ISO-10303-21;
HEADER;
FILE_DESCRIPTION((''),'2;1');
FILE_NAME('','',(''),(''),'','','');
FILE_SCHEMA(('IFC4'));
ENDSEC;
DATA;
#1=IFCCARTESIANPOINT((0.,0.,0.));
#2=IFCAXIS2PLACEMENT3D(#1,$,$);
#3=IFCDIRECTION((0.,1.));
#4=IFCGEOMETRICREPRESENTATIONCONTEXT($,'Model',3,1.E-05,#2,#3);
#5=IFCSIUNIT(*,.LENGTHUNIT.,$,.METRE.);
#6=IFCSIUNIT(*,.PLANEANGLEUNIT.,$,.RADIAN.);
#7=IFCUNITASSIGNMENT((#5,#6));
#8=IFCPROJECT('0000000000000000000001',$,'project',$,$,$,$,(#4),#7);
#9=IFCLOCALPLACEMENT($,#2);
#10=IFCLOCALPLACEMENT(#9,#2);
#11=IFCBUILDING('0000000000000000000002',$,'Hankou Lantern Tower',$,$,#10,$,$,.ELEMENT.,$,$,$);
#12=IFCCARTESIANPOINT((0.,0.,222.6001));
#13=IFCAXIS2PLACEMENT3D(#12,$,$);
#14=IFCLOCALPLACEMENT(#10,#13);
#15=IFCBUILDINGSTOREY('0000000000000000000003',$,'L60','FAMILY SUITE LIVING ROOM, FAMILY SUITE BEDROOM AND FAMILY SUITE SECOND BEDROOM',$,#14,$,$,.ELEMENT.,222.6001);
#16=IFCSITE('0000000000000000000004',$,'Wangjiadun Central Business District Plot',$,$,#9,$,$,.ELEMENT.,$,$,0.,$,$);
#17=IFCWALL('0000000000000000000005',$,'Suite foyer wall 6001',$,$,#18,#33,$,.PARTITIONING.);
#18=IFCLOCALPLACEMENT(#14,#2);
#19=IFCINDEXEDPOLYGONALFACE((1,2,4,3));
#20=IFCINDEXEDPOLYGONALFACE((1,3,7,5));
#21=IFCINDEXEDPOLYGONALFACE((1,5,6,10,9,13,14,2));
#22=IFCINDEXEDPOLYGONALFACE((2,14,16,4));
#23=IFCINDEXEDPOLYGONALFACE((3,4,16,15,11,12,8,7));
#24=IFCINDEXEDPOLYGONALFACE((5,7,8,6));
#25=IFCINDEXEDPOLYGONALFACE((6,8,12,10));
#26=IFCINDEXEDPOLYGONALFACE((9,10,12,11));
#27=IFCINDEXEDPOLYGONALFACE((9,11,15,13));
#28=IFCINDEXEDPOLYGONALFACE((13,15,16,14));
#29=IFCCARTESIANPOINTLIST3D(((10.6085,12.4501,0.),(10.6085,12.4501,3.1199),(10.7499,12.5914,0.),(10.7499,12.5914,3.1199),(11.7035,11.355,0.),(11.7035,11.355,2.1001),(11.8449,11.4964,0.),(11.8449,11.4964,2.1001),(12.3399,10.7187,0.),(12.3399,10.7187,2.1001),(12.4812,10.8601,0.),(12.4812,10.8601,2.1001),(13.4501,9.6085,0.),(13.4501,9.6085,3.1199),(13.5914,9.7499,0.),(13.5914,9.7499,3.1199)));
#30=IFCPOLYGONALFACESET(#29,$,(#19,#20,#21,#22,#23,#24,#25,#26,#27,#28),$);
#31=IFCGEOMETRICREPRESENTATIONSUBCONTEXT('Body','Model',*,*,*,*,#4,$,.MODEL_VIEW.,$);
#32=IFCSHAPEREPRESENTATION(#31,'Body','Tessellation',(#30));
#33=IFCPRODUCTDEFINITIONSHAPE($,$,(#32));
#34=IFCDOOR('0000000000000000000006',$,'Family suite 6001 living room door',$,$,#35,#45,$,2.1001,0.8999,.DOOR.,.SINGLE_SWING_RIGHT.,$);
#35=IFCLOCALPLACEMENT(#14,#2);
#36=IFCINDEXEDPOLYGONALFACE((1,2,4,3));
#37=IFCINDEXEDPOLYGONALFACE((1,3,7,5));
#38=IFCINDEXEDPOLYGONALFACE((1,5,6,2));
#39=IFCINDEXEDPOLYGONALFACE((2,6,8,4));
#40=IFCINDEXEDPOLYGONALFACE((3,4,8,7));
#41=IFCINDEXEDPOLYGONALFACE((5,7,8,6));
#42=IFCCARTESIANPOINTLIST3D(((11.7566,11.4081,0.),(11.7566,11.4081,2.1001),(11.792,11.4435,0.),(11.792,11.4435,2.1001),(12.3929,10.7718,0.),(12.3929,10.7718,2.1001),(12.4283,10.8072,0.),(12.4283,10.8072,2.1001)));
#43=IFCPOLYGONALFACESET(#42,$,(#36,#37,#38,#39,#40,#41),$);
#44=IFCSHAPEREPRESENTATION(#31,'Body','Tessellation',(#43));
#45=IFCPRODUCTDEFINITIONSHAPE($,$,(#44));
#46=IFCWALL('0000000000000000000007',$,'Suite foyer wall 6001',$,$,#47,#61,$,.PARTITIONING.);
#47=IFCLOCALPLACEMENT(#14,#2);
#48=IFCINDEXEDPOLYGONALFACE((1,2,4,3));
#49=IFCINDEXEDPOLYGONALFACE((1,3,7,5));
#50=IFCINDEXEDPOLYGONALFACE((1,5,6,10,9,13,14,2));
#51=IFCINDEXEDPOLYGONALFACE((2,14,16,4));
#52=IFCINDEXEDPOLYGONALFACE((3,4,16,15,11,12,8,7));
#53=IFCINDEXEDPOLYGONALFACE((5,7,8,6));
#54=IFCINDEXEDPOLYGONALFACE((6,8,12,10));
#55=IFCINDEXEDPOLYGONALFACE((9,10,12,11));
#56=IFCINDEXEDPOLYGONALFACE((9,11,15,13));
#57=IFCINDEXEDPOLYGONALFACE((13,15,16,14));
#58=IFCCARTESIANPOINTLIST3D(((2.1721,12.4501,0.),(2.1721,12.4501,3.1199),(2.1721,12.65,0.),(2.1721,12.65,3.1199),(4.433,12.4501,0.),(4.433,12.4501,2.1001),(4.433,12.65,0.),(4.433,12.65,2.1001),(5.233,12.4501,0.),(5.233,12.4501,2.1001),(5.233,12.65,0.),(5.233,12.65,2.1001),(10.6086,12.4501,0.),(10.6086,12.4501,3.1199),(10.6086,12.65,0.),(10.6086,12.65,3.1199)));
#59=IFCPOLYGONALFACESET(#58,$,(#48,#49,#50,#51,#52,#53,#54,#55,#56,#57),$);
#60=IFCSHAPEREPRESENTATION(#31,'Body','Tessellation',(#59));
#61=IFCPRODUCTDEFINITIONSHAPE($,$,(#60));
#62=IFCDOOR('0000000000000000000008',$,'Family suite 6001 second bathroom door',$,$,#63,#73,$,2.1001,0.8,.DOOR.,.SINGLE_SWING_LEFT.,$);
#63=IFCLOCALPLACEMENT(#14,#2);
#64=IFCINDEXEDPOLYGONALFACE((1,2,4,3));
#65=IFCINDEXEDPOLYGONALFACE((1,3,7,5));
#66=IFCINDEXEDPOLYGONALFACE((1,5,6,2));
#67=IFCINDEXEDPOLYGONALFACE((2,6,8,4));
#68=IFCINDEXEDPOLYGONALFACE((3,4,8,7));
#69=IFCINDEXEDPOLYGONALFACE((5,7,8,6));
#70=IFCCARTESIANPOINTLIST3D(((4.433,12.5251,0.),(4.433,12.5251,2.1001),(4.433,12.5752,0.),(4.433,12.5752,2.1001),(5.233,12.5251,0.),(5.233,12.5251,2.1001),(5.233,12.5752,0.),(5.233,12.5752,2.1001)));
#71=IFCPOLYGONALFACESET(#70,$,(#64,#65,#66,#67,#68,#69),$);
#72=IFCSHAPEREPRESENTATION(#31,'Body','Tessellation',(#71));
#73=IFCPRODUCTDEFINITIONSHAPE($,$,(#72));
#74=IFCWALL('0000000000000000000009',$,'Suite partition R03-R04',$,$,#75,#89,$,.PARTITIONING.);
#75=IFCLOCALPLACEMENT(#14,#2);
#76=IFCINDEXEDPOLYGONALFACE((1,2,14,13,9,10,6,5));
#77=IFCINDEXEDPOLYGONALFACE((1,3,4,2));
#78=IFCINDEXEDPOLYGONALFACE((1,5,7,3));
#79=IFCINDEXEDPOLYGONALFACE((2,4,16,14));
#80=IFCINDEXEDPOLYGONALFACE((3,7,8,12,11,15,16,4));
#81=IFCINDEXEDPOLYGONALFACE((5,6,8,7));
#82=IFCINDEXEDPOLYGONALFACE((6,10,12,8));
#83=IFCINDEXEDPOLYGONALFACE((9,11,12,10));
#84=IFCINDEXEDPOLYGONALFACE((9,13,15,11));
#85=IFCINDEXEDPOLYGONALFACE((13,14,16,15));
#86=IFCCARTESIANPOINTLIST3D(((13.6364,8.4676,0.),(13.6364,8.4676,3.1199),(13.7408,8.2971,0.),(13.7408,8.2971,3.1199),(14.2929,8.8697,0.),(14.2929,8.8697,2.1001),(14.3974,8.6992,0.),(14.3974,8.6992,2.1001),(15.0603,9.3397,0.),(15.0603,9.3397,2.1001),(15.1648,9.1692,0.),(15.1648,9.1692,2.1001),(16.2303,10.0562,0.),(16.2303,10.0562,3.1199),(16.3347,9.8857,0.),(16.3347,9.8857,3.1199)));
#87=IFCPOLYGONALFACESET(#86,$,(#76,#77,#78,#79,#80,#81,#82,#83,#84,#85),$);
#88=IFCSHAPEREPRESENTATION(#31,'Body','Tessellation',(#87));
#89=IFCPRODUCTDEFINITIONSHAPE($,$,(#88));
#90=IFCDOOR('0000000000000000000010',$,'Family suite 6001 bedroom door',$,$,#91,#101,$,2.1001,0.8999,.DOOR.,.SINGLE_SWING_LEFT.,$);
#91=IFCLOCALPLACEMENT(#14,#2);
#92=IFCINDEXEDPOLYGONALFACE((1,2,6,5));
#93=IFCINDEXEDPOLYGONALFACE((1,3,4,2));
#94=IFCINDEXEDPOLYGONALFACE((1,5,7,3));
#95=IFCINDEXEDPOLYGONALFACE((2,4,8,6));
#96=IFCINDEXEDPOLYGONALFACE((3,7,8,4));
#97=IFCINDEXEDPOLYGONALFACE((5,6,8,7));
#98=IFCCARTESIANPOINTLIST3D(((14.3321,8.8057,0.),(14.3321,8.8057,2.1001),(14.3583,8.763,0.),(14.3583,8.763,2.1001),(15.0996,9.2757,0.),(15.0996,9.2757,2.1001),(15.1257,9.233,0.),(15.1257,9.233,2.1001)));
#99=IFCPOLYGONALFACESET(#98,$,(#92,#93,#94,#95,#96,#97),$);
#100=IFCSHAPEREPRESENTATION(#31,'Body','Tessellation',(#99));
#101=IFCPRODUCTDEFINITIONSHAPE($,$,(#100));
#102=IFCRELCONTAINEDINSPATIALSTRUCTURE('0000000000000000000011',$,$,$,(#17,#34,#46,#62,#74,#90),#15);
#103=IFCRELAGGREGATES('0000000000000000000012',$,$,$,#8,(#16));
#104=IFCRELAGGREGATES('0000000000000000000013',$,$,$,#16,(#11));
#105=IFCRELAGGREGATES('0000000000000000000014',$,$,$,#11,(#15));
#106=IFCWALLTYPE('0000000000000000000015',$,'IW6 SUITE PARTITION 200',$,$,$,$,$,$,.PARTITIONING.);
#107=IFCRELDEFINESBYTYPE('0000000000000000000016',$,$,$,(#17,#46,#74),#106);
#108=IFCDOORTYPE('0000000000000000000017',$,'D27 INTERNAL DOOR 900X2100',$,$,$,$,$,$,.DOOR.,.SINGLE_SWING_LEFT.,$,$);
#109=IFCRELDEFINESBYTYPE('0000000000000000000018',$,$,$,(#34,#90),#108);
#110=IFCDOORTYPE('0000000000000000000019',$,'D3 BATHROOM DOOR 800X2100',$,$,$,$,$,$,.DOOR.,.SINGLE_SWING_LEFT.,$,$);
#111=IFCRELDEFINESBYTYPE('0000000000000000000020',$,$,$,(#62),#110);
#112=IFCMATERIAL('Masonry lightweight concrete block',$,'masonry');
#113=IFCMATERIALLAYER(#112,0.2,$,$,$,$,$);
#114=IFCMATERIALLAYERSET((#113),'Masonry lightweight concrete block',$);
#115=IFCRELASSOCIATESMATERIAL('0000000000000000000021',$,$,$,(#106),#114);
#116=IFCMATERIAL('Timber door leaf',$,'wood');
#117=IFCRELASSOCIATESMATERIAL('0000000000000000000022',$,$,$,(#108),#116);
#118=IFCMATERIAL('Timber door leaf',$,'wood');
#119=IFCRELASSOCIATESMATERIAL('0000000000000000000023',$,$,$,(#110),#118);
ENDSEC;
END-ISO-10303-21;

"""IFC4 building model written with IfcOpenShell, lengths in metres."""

from ifc_helpers import new_model, si_unit, direction, frame, frame_2d, origin, place, context, subcontext, project, spatial, rectangle, extrude, material, layer, layer_set, type_object, element, fill, save


model = new_model("IFC4")

# Units and contexts
model_context = context("Model", 3, precision=1e-05, world=origin(), true_north=direction((0.0, 1.0)))
body_context = subcontext(model_context, "Body", "Model", "MODEL_VIEW")
ifc_project = project(units=[si_unit("LENGTHUNIT", "METRE"), si_unit("PLANEANGLEUNIT", "RADIAN")], contexts=[model_context])

# Site, building, storey
site_placement = place(None, origin())
site = spatial("IfcSite", under=ifc_project, at=site_placement, Name="Wangjiadun Central Business District Plot", CompositionType="ELEMENT", RefElevation=0.0)
building_placement = place(site_placement, origin())
building = spatial("IfcBuilding", under=site, at=building_placement, Name="Hankou Lantern Tower", CompositionType="ELEMENT")
storey_placement = place(building_placement, frame((0.0, 0.0, 222.6001)))
storey = spatial("IfcBuildingStorey", under=building, at=storey_placement, Name="L60", Description="FAMILY SUITE LIVING ROOM, FAMILY SUITE BEDROOM AND FAMILY SUITE SECOND BEDROOM", CompositionType="ELEMENT", Elevation=222.6001)

# Walls, openings, doors
ifc_material_1 = material(Name="Masonry lightweight concrete block", Category="masonry")
ifc_layer_1 = layer(ifc_material_1, 0.2)
ifc_layer_set_1 = layer_set([ifc_layer_1], Name="Masonry lightweight concrete block")
wall_type_1 = type_object("IfcWallType", Name="IW6 SUITE PARTITION 200", PredefinedType="PARTITIONING", material=ifc_layer_set_1)
wall_1_placement = place(storey_placement, frame((13.5208, 9.6792, 0.0), z_axis=(0.0, 0.0, 1.0), x_axis=(-0.707107, 0.707107, 0.0)))
wall_1 = element("IfcWall", 1, at=wall_1_placement, inside=storey, type_object=wall_type_1, Name="Suite foyer wall 6001", PredefinedType="PARTITIONING", context=body_context, shape_type="SweptSolid", body=[
    extrude(rectangle(XDim=4.0186, YDim=0.2, at=frame_2d((2.0093, 0.0))), origin(), (0.0, 0.0, 1.0), 3.1199),
])
opening_1_placement = place(wall_1_placement, frame((1.5701, 0.0, 0.0)))
opening_1 = element("IfcOpeningElement", 2, at=opening_1_placement, cuts=wall_1, PredefinedType="OPENING", context=body_context, shape_type="SweptSolid", body=[
    extrude(rectangle(XDim=0.8999, YDim=2.1001, at=frame_2d((0.45, 1.05))), frame((0.0, 0.1099, 0.0), z_axis=(0.0, -1.0, 0.0), x_axis=(1.0, 0.0, 0.0)), (0.0, 0.0, 1.0), 0.22),
])
ifc_material_2 = material(Name="Timber door leaf", Category="wood")
door_type_1 = type_object("IfcDoorType", Name="D27 INTERNAL DOOR 900X2100", OperationType="SINGLE_SWING_LEFT", PredefinedType="DOOR", material=ifc_material_2)
door_1_placement = place(opening_1_placement, origin())
door_1 = element("IfcDoor", 3, at=door_1_placement, inside=storey, type_object=door_type_1, Name="Family suite 6001 living room door", OperationType="SINGLE_SWING_RIGHT", OverallHeight=2.1001, OverallWidth=0.8999, PredefinedType="DOOR", context=body_context, shape_type="SweptSolid", body=[
    extrude(rectangle(XDim=0.8999, YDim=2.1001, at=frame_2d((0.45, 1.05))), frame((0.0, 0.0249, 0.0), z_axis=(0.0, -1.0, 0.0), x_axis=(1.0, 0.0, 0.0)), (0.0, 0.0, 1.0), 0.05),
])
fill(opening_1, door_1)
wall_2_placement = place(storey_placement, frame((10.6086, 12.55, 0.0), z_axis=(0.0, 0.0, 1.0), x_axis=(-1.0, 0.0, 0.0)))
wall_2 = element("IfcWall", 4, at=wall_2_placement, inside=storey, type_object=wall_type_1, Name="Suite foyer wall 6001", PredefinedType="PARTITIONING", context=body_context, shape_type="SweptSolid", body=[
    extrude(rectangle(XDim=8.4365, YDim=0.2, at=frame_2d((4.2183, 0.0))), origin(), (0.0, 0.0, 1.0), 3.1199),
])
opening_2_placement = place(wall_2_placement, frame((5.3757, 0.0, 0.0)))
opening_2 = element("IfcOpeningElement", 5, at=opening_2_placement, cuts=wall_2, PredefinedType="OPENING", context=body_context, shape_type="SweptSolid", body=[
    extrude(rectangle(XDim=0.8, YDim=2.1001, at=frame_2d((0.3999, 1.05))), frame((0.0, 0.1099, 0.0), z_axis=(0.0, -1.0, 0.0), x_axis=(1.0, 0.0, 0.0)), (0.0, 0.0, 1.0), 0.22),
])
ifc_material_3 = material(Name="Timber door leaf", Category="wood")
door_type_2 = type_object("IfcDoorType", Name="D3 BATHROOM DOOR 800X2100", OperationType="SINGLE_SWING_LEFT", PredefinedType="DOOR", material=ifc_material_3)
door_2_placement = place(opening_2_placement, origin())
door_2 = element("IfcDoor", 6, at=door_2_placement, inside=storey, type_object=door_type_2, Name="Family suite 6001 second bathroom door", OperationType="SINGLE_SWING_LEFT", OverallHeight=2.1001, OverallWidth=0.8, PredefinedType="DOOR", context=body_context, shape_type="SweptSolid", body=[
    extrude(rectangle(XDim=0.8, YDim=2.1001, at=frame_2d((0.3999, 1.05))), frame((0.0, 0.0249, 0.0), z_axis=(0.0, -1.0, 0.0), x_axis=(1.0, 0.0, 0.0)), (0.0, 0.0, 1.0), 0.05),
])
fill(opening_2, door_2)
wall_3_placement = place(storey_placement, frame((13.6885, 8.3823, 0.0), z_axis=(0.0, 0.0, 1.0), x_axis=(0.852783, 0.522265, 0.0)))
wall_3 = element("IfcWall", 7, at=wall_3_placement, inside=storey, type_object=wall_type_1, Name="Suite partition R03-R04", PredefinedType="PARTITIONING", context=body_context, shape_type="SweptSolid", body=[
    extrude(rectangle(XDim=3.0417, YDim=0.2, at=frame_2d((1.521, 0.0))), origin(), (0.0, 0.0, 1.0), 3.1199),
])
opening_3_placement = place(wall_3_placement, frame((0.77, 0.0, 0.0)))
opening_3 = element("IfcOpeningElement", 8, at=opening_3_placement, cuts=wall_3, PredefinedType="OPENING", context=body_context, shape_type="SweptSolid", body=[
    extrude(rectangle(XDim=0.8999, YDim=2.1001, at=frame_2d((0.45, 1.05))), frame((0.0, 0.1099, 0.0), z_axis=(0.0, -1.0, 0.0), x_axis=(1.0, 0.0, 0.0)), (0.0, 0.0, 1.0), 0.22),
])
door_3_placement = place(opening_3_placement, origin())
door_3 = element("IfcDoor", 9, at=door_3_placement, inside=storey, type_object=door_type_1, Name="Family suite 6001 bedroom door", OperationType="SINGLE_SWING_LEFT", OverallHeight=2.1001, OverallWidth=0.8999, PredefinedType="DOOR", context=body_context, shape_type="SweptSolid", body=[
    extrude(rectangle(XDim=0.8999, YDim=2.1001, at=frame_2d((0.45, 1.05))), frame((0.0, 0.0249, 0.0), z_axis=(0.0, -1.0, 0.0), x_axis=(1.0, 0.0, 0.0)), (0.0, 0.0, 1.0), 0.05),
])
fill(opening_3, door_3)

save(model, "model.ifc")
